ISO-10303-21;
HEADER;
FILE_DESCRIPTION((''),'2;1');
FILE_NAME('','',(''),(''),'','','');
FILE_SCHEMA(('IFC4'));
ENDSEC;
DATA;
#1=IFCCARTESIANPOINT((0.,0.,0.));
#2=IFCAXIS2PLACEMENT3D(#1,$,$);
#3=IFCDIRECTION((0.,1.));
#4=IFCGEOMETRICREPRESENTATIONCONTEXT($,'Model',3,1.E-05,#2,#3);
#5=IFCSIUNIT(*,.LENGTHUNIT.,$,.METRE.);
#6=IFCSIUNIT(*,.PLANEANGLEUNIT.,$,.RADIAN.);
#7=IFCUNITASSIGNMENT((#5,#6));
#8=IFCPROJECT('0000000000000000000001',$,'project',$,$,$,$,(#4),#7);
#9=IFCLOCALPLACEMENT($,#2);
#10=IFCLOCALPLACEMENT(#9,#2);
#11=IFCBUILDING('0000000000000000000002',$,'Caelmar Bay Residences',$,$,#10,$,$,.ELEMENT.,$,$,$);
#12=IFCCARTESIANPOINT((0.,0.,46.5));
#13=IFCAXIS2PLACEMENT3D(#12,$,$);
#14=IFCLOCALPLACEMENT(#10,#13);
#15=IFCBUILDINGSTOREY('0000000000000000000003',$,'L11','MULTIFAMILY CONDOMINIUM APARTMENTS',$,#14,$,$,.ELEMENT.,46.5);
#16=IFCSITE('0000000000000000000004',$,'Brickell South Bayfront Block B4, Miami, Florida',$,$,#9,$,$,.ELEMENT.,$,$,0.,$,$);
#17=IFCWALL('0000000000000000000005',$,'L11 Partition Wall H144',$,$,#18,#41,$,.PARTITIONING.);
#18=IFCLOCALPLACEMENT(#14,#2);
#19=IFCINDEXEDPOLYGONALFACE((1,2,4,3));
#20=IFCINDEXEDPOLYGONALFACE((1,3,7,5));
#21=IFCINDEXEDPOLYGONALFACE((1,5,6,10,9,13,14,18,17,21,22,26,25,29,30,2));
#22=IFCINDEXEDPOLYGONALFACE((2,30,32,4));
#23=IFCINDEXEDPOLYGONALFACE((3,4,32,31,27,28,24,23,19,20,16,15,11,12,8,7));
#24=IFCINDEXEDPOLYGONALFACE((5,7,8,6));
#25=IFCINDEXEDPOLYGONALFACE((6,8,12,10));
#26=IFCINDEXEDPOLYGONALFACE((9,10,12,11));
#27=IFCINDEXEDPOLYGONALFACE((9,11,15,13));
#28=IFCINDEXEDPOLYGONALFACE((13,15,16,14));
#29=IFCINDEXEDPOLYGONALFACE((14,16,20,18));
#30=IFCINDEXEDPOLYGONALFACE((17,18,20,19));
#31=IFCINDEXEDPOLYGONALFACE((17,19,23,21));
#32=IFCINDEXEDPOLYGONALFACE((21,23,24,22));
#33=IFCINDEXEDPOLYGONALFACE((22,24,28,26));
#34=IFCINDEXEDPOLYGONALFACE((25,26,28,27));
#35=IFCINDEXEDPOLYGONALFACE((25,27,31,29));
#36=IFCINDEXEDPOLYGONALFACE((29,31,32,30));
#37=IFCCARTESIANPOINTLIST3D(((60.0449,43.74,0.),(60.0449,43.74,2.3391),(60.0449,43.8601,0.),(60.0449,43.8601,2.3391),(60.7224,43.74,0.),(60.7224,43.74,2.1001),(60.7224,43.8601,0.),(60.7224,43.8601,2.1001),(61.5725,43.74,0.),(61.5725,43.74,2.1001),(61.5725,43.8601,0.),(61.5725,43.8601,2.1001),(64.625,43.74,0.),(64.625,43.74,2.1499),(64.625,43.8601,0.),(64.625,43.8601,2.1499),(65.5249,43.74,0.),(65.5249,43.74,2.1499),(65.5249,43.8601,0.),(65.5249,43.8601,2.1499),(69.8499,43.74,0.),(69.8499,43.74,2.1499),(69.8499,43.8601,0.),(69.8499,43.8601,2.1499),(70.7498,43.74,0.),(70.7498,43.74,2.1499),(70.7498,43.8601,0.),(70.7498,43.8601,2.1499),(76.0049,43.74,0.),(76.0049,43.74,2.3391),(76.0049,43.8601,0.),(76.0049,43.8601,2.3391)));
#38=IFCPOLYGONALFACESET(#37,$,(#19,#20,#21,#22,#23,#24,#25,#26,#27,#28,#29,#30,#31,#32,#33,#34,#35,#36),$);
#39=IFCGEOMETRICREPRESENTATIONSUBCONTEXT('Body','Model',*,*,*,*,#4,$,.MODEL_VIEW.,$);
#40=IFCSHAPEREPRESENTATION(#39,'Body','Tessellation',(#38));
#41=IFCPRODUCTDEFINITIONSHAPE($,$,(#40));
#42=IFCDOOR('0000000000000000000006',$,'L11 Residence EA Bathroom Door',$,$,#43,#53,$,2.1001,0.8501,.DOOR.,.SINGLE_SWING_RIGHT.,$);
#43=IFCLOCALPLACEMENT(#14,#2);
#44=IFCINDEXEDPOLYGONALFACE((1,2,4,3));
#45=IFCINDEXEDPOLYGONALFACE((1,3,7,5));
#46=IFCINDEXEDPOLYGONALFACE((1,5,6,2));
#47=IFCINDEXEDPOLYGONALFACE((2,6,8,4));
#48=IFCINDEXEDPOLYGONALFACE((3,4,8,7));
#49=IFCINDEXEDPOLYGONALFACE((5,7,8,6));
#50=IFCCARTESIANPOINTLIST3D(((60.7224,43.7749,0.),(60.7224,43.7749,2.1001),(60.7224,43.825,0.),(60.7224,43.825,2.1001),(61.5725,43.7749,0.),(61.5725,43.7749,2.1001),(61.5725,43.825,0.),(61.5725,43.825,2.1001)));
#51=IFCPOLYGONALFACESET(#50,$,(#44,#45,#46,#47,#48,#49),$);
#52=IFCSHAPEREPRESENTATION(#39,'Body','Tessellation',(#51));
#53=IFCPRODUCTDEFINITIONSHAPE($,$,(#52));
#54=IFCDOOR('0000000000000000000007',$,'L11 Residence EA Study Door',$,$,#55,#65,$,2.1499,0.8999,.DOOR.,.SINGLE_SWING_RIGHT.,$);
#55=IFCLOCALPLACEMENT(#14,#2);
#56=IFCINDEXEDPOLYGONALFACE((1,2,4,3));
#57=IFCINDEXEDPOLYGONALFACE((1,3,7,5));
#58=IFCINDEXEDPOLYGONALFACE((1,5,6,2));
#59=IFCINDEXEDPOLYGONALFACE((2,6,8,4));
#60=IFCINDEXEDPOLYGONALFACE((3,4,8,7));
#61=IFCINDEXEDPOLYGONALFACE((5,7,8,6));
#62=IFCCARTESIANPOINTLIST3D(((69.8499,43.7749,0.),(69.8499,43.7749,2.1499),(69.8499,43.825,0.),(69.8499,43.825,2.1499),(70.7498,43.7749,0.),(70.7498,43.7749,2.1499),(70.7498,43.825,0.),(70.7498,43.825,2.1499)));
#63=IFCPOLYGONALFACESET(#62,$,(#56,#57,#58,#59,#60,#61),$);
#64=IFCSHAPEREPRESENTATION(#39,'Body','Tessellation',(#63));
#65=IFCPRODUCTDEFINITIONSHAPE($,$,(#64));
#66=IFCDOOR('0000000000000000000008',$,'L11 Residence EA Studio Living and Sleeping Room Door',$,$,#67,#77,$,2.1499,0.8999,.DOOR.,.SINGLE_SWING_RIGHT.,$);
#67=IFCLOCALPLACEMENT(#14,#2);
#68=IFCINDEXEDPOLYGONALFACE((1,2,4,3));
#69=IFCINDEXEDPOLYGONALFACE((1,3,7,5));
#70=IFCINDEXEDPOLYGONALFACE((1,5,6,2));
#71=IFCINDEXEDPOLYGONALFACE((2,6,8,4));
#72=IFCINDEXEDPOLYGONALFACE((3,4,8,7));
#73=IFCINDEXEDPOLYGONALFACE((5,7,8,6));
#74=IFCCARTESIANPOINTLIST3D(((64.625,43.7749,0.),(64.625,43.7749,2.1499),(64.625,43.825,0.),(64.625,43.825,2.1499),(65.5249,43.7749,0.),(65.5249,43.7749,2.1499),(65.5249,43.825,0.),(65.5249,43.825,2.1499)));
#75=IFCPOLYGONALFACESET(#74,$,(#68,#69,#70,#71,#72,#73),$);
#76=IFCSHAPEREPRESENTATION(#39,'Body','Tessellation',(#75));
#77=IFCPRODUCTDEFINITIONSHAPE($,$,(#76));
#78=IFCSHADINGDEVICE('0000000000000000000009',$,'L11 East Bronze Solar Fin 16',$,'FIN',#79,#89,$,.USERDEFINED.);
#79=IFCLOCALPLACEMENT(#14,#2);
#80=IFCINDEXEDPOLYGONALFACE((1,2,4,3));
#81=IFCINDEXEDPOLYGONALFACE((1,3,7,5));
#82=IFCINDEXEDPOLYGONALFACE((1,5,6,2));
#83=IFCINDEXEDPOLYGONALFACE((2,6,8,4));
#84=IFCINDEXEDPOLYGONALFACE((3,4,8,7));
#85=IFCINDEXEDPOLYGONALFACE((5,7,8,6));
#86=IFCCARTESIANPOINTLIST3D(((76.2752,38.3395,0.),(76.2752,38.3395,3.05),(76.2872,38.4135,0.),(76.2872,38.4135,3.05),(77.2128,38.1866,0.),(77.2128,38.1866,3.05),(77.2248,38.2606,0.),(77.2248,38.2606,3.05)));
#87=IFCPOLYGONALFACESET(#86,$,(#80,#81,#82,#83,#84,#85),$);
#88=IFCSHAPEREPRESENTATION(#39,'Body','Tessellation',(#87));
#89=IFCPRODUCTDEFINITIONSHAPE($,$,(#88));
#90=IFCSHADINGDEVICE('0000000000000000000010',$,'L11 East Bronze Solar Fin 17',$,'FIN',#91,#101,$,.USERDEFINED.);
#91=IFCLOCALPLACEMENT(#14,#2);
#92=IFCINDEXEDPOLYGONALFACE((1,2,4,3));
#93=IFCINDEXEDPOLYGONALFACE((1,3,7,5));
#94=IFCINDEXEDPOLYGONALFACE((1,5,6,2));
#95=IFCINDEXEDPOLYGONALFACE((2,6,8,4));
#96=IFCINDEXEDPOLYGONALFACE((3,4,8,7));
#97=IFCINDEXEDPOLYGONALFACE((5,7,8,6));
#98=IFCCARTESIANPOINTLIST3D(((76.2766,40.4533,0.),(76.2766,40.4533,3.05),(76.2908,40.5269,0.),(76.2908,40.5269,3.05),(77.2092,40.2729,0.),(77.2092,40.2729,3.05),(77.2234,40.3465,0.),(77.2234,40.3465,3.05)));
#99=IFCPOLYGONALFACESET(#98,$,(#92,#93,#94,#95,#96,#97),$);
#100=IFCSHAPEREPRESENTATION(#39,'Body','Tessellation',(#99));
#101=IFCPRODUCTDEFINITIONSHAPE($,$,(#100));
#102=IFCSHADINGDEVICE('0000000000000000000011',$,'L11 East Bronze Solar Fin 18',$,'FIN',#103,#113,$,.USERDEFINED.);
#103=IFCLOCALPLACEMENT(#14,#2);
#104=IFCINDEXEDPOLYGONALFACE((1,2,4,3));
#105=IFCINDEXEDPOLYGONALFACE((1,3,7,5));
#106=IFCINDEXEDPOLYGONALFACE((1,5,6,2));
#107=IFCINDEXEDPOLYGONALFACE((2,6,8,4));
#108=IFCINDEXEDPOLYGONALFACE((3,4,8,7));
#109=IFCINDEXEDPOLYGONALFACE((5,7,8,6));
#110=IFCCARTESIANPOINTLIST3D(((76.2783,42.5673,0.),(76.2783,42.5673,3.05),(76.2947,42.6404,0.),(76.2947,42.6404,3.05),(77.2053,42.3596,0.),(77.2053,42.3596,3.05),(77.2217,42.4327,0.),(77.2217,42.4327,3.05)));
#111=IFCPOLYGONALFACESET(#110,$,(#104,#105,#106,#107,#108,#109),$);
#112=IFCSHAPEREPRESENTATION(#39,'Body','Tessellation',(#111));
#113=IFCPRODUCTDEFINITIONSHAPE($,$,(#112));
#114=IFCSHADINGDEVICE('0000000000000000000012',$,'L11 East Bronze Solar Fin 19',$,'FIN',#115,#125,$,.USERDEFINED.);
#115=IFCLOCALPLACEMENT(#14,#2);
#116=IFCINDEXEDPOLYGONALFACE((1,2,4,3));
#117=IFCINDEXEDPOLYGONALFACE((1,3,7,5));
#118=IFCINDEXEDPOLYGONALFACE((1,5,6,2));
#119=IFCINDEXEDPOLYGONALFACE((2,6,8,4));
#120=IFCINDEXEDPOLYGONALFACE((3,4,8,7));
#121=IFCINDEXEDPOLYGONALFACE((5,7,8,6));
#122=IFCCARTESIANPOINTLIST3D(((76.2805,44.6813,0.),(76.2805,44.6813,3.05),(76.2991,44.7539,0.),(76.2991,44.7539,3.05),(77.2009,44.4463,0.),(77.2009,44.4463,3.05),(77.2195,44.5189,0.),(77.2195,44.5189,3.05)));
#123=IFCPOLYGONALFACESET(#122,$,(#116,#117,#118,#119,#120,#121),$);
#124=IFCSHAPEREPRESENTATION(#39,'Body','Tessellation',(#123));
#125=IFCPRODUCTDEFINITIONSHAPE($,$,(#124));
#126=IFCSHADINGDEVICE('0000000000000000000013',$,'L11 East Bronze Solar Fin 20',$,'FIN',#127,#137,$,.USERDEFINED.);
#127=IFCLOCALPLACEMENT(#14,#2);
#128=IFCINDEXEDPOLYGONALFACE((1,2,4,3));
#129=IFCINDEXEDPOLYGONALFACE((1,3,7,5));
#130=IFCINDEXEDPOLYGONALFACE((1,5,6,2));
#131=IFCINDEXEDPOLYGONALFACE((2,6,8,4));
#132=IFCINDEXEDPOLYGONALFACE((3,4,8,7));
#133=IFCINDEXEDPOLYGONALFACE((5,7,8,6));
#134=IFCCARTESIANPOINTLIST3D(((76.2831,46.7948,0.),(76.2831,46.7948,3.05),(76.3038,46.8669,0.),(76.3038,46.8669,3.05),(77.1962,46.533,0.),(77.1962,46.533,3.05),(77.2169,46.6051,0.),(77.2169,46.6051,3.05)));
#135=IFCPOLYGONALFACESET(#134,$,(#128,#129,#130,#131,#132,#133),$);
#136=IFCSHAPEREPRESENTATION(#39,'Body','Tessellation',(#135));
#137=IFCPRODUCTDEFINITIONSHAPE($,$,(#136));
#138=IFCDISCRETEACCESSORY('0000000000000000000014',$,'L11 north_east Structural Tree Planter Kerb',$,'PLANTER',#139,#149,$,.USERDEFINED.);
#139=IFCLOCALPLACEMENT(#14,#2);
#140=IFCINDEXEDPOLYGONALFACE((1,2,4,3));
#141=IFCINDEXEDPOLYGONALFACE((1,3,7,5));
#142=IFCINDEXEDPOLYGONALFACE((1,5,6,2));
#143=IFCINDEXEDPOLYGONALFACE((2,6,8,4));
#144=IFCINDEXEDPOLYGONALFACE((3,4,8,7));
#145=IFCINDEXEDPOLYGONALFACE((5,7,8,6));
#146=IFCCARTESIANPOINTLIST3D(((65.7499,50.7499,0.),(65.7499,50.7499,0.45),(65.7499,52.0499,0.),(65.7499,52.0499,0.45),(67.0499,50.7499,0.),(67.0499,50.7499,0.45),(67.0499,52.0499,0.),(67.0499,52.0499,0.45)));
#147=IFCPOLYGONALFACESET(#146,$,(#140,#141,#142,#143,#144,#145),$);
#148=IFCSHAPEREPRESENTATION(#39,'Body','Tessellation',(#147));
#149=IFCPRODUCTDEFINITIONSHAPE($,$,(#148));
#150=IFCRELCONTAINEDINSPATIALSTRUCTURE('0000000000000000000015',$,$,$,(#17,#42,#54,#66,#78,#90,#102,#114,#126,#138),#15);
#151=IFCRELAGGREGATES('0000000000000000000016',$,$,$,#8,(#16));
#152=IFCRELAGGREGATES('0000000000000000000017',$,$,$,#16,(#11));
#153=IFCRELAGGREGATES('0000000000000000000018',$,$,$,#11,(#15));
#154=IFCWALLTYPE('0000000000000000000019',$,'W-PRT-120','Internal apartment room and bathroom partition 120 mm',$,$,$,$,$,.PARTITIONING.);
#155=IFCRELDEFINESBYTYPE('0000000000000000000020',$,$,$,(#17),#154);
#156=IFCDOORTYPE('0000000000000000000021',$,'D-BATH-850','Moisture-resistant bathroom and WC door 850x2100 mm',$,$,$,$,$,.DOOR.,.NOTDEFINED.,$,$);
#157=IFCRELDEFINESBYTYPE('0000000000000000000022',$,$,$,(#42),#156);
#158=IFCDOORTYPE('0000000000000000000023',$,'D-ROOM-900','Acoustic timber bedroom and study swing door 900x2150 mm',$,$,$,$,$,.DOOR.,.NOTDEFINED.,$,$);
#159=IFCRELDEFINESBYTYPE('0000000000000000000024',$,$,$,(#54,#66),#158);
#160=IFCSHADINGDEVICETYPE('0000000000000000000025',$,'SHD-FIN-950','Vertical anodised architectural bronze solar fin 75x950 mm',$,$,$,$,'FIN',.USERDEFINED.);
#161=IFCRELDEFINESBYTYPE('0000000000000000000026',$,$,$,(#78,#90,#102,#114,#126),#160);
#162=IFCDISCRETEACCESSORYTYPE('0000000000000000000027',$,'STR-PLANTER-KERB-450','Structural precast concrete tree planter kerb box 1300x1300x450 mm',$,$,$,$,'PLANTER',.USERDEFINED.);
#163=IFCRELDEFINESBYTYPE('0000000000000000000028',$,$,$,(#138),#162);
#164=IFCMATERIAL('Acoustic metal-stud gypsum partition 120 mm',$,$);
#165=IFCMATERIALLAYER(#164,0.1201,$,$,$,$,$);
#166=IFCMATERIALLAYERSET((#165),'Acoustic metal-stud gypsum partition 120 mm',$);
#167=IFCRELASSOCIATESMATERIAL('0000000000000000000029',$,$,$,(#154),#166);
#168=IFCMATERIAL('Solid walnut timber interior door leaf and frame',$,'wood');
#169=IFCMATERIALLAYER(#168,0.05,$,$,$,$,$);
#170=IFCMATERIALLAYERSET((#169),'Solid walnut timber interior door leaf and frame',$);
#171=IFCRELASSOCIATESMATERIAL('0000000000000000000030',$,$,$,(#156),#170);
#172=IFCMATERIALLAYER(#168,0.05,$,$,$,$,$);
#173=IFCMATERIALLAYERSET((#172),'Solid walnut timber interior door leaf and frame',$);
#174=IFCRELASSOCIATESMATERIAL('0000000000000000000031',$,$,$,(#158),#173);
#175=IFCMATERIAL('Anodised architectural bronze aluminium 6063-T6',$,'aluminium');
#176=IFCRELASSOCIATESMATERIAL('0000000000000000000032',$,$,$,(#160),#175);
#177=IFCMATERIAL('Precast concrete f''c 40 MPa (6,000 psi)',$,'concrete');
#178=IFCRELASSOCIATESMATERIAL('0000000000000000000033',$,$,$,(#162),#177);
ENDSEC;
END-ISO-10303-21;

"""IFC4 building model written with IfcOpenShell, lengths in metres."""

from ifc_helpers import new_model, si_unit, direction, frame, frame_2d, origin, origin_2d, place, context, subcontext, project, spatial, rectangle, extrude, material, layer, layer_set, material_profile, profile_set, type_object, element, fill, save


model = new_model("IFC4")

# Units and contexts
model_context = context("Model", 3, precision=1e-05, world=origin(), true_north=direction((0.0, 1.0)))
body_context = subcontext(model_context, "Body", "Model", "MODEL_VIEW")
ifc_project = project(units=[si_unit("LENGTHUNIT", "METRE"), si_unit("PLANEANGLEUNIT", "RADIAN")], contexts=[model_context])

# Site, building, storey
site_placement = place(None, origin())
site = spatial("IfcSite", under=ifc_project, at=site_placement, Name="Brickell South Bayfront Block B4, Miami, Florida", CompositionType="ELEMENT", RefElevation=0.0)
building_placement = place(site_placement, origin())
building = spatial("IfcBuilding", under=site, at=building_placement, Name="Caelmar Bay Residences", CompositionType="ELEMENT")
storey_placement = place(building_placement, frame((0.0, 0.0, 46.5)))
storey = spatial("IfcBuildingStorey", under=building, at=storey_placement, Name="L11", Description="MULTIFAMILY CONDOMINIUM APARTMENTS", CompositionType="ELEMENT", Elevation=46.5)

# Shared definitions
ifc_material_1 = material(Name="Precast concrete f'c 40 MPa (6,000 psi)", Category="concrete")

# Shared definitions
ifc_material_2 = material(Name="Acoustic metal-stud gypsum partition 120 mm")
ifc_layer_1 = layer(ifc_material_2, 0.1201)
ifc_layer_set_1 = layer_set([ifc_layer_1], Name="Acoustic metal-stud gypsum partition 120 mm")
wall_type_1 = type_object("IfcWallType", Name="W-PRT-120", Description="Internal apartment room and bathroom partition 120 mm", PredefinedType="PARTITIONING", material=ifc_layer_set_1)

# Wall, openings, doors
wall_1_placement = place(storey_placement, frame((60.0449, 43.8, 0.0), z_axis=(0.0, 0.0, 1.0), x_axis=(1.0, 0.0, 0.0)))
wall_1 = element("IfcWall", 1, at=wall_1_placement, inside=storey, type_object=wall_type_1, Name="L11 Partition Wall H144", PredefinedType="PARTITIONING", context=body_context, shape_type="SweptSolid", body=[
    extrude(rectangle(XDim=15.96, YDim=0.1201, at=frame_2d((7.98, 0.0))), origin(), (0.0, 0.0, 1.0), 2.3391),
])
opening_1_placement = place(wall_1_placement, frame((9.8049, 0.0, 0.0)))
opening_1 = element("IfcOpeningElement", 2, at=opening_1_placement, cuts=wall_1, PredefinedType="OPENING", context=body_context, shape_type="SweptSolid", body=[
    extrude(rectangle(XDim=0.8999, YDim=2.1499, at=frame_2d((0.45, 1.075))), frame((0.0, 0.0701, 0.0), z_axis=(0.0, -1.0, 0.0), x_axis=(1.0, 0.0, 0.0)), (0.0, 0.0, 1.0), 0.1401),
])
opening_2_placement = place(wall_1_placement, frame((4.5801, 0.0, 0.0)))
opening_2 = element("IfcOpeningElement", 3, at=opening_2_placement, cuts=wall_1, PredefinedType="OPENING", context=body_context, shape_type="SweptSolid", body=[
    extrude(rectangle(XDim=0.8999, YDim=2.1499, at=frame_2d((0.45, 1.075))), frame((0.0, 0.0701, 0.0), z_axis=(0.0, -1.0, 0.0), x_axis=(1.0, 0.0, 0.0)), (0.0, 0.0, 1.0), 0.1401),
])
opening_3_placement = place(wall_1_placement, frame((0.6775, 0.0, 0.0)))
opening_3 = element("IfcOpeningElement", 4, at=opening_3_placement, cuts=wall_1, PredefinedType="OPENING", context=body_context, shape_type="SweptSolid", body=[
    extrude(rectangle(XDim=0.8501, YDim=2.1001, at=frame_2d((0.425, 1.05))), frame((0.0, 0.0701, 0.0), z_axis=(0.0, -1.0, 0.0), x_axis=(1.0, 0.0, 0.0)), (0.0, 0.0, 1.0), 0.1401),
])
ifc_material_3 = material(Name="Solid walnut timber interior door leaf and frame", Category="wood")
ifc_layer_2 = layer(ifc_material_3, 0.05)
ifc_layer_set_2 = layer_set([ifc_layer_2], Name="Solid walnut timber interior door leaf and frame")
door_type_1 = type_object("IfcDoorType", Name="D-BATH-850", Description="Moisture-resistant bathroom and WC door 850x2100 mm", OperationType="NOTDEFINED", PredefinedType="DOOR", material=ifc_layer_set_2)
door_1_placement = place(opening_3_placement, origin())
door_1 = element("IfcDoor", 5, at=door_1_placement, inside=storey, type_object=door_type_1, Name="L11 Residence EA Bathroom Door", OperationType="SINGLE_SWING_RIGHT", OverallHeight=2.1001, OverallWidth=0.8501, PredefinedType="DOOR", context=body_context, shape_type="SweptSolid", body=[
    extrude(rectangle(XDim=0.8501, YDim=2.1001, at=frame_2d((0.425, 1.05))), frame((0.0, 0.0249, 0.0), z_axis=(0.0, -1.0, 0.0), x_axis=(1.0, 0.0, 0.0)), (0.0, 0.0, 1.0), 0.05),
])
fill(opening_3, door_1)
ifc_layer_3 = layer(ifc_material_3, 0.05)
ifc_layer_set_3 = layer_set([ifc_layer_3], Name="Solid walnut timber interior door leaf and frame")
door_type_2 = type_object("IfcDoorType", Name="D-ROOM-900", Description="Acoustic timber bedroom and study swing door 900x2150 mm", OperationType="NOTDEFINED", PredefinedType="DOOR", material=ifc_layer_set_3)
door_2_placement = place(opening_1_placement, origin())
door_2 = element("IfcDoor", 6, at=door_2_placement, inside=storey, type_object=door_type_2, Name="L11 Residence EA Study Door", OperationType="SINGLE_SWING_RIGHT", OverallHeight=2.1499, OverallWidth=0.8999, PredefinedType="DOOR", context=body_context, shape_type="SweptSolid", body=[
    extrude(rectangle(XDim=0.8999, YDim=2.1499, at=frame_2d((0.45, 1.075))), frame((0.0, 0.0249, 0.0), z_axis=(0.0, -1.0, 0.0), x_axis=(1.0, 0.0, 0.0)), (0.0, 0.0, 1.0), 0.05),
])
fill(opening_1, door_2)
door_3_placement = place(opening_2_placement, origin())
door_3 = element("IfcDoor", 7, at=door_3_placement, inside=storey, type_object=door_type_2, Name="L11 Residence EA Studio Living and Sleeping Room Door", OperationType="SINGLE_SWING_RIGHT", OverallHeight=2.1499, OverallWidth=0.8999, PredefinedType="DOOR", context=body_context, shape_type="SweptSolid", body=[
    extrude(rectangle(XDim=0.8999, YDim=2.1499, at=frame_2d((0.45, 1.075))), frame((0.0, 0.0249, 0.0), z_axis=(0.0, -1.0, 0.0), x_axis=(1.0, 0.0, 0.0)), (0.0, 0.0, 1.0), 0.05),
])
fill(opening_2, door_3)

# Shading devices
ifc_material_4 = material(Name="Anodised architectural bronze aluminium 6063-T6", Category="aluminium")
ifc_material_profile_1 = material_profile(ifc_material_4, rectangle(XDim=0.075, YDim=0.95, at=origin_2d()), Name="BRONZE-FIN-75X950")
ifc_profile_set_1 = profile_set([ifc_material_profile_1], Name="Anodised architectural bronze aluminium 6063-T6")
shading_device_type = type_object("IfcShadingDeviceType", Name="SHD-FIN-950", Description="Vertical anodised architectural bronze solar fin 75x950 mm", ElementType="FIN", PredefinedType="USERDEFINED", material=ifc_profile_set_1)
for number, where, z_axis, x_axis, name in (
    (8, (76.75, 38.3, 0.0), (0.0, 0.0, 1.0), (0.160915, 0.986968, 0.0), "L11 East Bronze Solar Fin 16"),
    (9, (76.75, 40.3999, 0.0), (0.0, 0.0, 1.0), (0.189952, 0.981793, 0.0), "L11 East Bronze Solar Fin 17"),
    (10, (76.75, 42.5, 0.0), (0.0, 0.0, 1.0), (0.218654, 0.975802, 0.0), "L11 East Bronze Solar Fin 18"),
    (11, (76.75, 44.6001, 0.0), (0.0, 0.0, 1.0), (0.247337, 0.968929, 0.0), "L11 East Bronze Solar Fin 19"),
    (12, (76.75, 46.7, 0.0), (0.0, 0.0, 1.0), (0.275637, 0.961262, 0.0), "L11 East Bronze Solar Fin 20"),
):
    element("IfcShadingDevice", number, at=place(storey_placement, frame(where, z_axis=z_axis, x_axis=x_axis)), inside=storey, type_object=shading_device_type, Name=name, ObjectType="FIN", PredefinedType="USERDEFINED", context=body_context, shape_type="SweptSolid", body=[
        extrude(rectangle(XDim=0.075, YDim=0.95, at=origin_2d()), origin(), (0.0, 0.0, 1.0), 3.05),
    ])

# Discrete accessory
discrete_accessory_type = type_object("IfcDiscreteAccessoryType", Name="STR-PLANTER-KERB-450", Description="Structural precast concrete tree planter kerb box 1300x1300x450 mm", ElementType="PLANTER", PredefinedType="USERDEFINED", material=ifc_material_1)
discrete_accessory_placement = place(storey_placement, frame((66.3999, 51.3999, 0.0), z_axis=(0.0, 0.0, 1.0), x_axis=(1.0, 0.0, 0.0)))
element("IfcDiscreteAccessory", 13, at=discrete_accessory_placement, inside=storey, type_object=discrete_accessory_type, Name="L11 north_east Structural Tree Planter Kerb", ObjectType="PLANTER", PredefinedType="USERDEFINED", context=body_context, shape_type="SweptSolid", body=[
    extrude(rectangle(XDim=1.3, YDim=1.3, at=origin_2d()), origin(), (0.0, 0.0, 1.0), 0.45),
])

save(model, "model.ifc")
